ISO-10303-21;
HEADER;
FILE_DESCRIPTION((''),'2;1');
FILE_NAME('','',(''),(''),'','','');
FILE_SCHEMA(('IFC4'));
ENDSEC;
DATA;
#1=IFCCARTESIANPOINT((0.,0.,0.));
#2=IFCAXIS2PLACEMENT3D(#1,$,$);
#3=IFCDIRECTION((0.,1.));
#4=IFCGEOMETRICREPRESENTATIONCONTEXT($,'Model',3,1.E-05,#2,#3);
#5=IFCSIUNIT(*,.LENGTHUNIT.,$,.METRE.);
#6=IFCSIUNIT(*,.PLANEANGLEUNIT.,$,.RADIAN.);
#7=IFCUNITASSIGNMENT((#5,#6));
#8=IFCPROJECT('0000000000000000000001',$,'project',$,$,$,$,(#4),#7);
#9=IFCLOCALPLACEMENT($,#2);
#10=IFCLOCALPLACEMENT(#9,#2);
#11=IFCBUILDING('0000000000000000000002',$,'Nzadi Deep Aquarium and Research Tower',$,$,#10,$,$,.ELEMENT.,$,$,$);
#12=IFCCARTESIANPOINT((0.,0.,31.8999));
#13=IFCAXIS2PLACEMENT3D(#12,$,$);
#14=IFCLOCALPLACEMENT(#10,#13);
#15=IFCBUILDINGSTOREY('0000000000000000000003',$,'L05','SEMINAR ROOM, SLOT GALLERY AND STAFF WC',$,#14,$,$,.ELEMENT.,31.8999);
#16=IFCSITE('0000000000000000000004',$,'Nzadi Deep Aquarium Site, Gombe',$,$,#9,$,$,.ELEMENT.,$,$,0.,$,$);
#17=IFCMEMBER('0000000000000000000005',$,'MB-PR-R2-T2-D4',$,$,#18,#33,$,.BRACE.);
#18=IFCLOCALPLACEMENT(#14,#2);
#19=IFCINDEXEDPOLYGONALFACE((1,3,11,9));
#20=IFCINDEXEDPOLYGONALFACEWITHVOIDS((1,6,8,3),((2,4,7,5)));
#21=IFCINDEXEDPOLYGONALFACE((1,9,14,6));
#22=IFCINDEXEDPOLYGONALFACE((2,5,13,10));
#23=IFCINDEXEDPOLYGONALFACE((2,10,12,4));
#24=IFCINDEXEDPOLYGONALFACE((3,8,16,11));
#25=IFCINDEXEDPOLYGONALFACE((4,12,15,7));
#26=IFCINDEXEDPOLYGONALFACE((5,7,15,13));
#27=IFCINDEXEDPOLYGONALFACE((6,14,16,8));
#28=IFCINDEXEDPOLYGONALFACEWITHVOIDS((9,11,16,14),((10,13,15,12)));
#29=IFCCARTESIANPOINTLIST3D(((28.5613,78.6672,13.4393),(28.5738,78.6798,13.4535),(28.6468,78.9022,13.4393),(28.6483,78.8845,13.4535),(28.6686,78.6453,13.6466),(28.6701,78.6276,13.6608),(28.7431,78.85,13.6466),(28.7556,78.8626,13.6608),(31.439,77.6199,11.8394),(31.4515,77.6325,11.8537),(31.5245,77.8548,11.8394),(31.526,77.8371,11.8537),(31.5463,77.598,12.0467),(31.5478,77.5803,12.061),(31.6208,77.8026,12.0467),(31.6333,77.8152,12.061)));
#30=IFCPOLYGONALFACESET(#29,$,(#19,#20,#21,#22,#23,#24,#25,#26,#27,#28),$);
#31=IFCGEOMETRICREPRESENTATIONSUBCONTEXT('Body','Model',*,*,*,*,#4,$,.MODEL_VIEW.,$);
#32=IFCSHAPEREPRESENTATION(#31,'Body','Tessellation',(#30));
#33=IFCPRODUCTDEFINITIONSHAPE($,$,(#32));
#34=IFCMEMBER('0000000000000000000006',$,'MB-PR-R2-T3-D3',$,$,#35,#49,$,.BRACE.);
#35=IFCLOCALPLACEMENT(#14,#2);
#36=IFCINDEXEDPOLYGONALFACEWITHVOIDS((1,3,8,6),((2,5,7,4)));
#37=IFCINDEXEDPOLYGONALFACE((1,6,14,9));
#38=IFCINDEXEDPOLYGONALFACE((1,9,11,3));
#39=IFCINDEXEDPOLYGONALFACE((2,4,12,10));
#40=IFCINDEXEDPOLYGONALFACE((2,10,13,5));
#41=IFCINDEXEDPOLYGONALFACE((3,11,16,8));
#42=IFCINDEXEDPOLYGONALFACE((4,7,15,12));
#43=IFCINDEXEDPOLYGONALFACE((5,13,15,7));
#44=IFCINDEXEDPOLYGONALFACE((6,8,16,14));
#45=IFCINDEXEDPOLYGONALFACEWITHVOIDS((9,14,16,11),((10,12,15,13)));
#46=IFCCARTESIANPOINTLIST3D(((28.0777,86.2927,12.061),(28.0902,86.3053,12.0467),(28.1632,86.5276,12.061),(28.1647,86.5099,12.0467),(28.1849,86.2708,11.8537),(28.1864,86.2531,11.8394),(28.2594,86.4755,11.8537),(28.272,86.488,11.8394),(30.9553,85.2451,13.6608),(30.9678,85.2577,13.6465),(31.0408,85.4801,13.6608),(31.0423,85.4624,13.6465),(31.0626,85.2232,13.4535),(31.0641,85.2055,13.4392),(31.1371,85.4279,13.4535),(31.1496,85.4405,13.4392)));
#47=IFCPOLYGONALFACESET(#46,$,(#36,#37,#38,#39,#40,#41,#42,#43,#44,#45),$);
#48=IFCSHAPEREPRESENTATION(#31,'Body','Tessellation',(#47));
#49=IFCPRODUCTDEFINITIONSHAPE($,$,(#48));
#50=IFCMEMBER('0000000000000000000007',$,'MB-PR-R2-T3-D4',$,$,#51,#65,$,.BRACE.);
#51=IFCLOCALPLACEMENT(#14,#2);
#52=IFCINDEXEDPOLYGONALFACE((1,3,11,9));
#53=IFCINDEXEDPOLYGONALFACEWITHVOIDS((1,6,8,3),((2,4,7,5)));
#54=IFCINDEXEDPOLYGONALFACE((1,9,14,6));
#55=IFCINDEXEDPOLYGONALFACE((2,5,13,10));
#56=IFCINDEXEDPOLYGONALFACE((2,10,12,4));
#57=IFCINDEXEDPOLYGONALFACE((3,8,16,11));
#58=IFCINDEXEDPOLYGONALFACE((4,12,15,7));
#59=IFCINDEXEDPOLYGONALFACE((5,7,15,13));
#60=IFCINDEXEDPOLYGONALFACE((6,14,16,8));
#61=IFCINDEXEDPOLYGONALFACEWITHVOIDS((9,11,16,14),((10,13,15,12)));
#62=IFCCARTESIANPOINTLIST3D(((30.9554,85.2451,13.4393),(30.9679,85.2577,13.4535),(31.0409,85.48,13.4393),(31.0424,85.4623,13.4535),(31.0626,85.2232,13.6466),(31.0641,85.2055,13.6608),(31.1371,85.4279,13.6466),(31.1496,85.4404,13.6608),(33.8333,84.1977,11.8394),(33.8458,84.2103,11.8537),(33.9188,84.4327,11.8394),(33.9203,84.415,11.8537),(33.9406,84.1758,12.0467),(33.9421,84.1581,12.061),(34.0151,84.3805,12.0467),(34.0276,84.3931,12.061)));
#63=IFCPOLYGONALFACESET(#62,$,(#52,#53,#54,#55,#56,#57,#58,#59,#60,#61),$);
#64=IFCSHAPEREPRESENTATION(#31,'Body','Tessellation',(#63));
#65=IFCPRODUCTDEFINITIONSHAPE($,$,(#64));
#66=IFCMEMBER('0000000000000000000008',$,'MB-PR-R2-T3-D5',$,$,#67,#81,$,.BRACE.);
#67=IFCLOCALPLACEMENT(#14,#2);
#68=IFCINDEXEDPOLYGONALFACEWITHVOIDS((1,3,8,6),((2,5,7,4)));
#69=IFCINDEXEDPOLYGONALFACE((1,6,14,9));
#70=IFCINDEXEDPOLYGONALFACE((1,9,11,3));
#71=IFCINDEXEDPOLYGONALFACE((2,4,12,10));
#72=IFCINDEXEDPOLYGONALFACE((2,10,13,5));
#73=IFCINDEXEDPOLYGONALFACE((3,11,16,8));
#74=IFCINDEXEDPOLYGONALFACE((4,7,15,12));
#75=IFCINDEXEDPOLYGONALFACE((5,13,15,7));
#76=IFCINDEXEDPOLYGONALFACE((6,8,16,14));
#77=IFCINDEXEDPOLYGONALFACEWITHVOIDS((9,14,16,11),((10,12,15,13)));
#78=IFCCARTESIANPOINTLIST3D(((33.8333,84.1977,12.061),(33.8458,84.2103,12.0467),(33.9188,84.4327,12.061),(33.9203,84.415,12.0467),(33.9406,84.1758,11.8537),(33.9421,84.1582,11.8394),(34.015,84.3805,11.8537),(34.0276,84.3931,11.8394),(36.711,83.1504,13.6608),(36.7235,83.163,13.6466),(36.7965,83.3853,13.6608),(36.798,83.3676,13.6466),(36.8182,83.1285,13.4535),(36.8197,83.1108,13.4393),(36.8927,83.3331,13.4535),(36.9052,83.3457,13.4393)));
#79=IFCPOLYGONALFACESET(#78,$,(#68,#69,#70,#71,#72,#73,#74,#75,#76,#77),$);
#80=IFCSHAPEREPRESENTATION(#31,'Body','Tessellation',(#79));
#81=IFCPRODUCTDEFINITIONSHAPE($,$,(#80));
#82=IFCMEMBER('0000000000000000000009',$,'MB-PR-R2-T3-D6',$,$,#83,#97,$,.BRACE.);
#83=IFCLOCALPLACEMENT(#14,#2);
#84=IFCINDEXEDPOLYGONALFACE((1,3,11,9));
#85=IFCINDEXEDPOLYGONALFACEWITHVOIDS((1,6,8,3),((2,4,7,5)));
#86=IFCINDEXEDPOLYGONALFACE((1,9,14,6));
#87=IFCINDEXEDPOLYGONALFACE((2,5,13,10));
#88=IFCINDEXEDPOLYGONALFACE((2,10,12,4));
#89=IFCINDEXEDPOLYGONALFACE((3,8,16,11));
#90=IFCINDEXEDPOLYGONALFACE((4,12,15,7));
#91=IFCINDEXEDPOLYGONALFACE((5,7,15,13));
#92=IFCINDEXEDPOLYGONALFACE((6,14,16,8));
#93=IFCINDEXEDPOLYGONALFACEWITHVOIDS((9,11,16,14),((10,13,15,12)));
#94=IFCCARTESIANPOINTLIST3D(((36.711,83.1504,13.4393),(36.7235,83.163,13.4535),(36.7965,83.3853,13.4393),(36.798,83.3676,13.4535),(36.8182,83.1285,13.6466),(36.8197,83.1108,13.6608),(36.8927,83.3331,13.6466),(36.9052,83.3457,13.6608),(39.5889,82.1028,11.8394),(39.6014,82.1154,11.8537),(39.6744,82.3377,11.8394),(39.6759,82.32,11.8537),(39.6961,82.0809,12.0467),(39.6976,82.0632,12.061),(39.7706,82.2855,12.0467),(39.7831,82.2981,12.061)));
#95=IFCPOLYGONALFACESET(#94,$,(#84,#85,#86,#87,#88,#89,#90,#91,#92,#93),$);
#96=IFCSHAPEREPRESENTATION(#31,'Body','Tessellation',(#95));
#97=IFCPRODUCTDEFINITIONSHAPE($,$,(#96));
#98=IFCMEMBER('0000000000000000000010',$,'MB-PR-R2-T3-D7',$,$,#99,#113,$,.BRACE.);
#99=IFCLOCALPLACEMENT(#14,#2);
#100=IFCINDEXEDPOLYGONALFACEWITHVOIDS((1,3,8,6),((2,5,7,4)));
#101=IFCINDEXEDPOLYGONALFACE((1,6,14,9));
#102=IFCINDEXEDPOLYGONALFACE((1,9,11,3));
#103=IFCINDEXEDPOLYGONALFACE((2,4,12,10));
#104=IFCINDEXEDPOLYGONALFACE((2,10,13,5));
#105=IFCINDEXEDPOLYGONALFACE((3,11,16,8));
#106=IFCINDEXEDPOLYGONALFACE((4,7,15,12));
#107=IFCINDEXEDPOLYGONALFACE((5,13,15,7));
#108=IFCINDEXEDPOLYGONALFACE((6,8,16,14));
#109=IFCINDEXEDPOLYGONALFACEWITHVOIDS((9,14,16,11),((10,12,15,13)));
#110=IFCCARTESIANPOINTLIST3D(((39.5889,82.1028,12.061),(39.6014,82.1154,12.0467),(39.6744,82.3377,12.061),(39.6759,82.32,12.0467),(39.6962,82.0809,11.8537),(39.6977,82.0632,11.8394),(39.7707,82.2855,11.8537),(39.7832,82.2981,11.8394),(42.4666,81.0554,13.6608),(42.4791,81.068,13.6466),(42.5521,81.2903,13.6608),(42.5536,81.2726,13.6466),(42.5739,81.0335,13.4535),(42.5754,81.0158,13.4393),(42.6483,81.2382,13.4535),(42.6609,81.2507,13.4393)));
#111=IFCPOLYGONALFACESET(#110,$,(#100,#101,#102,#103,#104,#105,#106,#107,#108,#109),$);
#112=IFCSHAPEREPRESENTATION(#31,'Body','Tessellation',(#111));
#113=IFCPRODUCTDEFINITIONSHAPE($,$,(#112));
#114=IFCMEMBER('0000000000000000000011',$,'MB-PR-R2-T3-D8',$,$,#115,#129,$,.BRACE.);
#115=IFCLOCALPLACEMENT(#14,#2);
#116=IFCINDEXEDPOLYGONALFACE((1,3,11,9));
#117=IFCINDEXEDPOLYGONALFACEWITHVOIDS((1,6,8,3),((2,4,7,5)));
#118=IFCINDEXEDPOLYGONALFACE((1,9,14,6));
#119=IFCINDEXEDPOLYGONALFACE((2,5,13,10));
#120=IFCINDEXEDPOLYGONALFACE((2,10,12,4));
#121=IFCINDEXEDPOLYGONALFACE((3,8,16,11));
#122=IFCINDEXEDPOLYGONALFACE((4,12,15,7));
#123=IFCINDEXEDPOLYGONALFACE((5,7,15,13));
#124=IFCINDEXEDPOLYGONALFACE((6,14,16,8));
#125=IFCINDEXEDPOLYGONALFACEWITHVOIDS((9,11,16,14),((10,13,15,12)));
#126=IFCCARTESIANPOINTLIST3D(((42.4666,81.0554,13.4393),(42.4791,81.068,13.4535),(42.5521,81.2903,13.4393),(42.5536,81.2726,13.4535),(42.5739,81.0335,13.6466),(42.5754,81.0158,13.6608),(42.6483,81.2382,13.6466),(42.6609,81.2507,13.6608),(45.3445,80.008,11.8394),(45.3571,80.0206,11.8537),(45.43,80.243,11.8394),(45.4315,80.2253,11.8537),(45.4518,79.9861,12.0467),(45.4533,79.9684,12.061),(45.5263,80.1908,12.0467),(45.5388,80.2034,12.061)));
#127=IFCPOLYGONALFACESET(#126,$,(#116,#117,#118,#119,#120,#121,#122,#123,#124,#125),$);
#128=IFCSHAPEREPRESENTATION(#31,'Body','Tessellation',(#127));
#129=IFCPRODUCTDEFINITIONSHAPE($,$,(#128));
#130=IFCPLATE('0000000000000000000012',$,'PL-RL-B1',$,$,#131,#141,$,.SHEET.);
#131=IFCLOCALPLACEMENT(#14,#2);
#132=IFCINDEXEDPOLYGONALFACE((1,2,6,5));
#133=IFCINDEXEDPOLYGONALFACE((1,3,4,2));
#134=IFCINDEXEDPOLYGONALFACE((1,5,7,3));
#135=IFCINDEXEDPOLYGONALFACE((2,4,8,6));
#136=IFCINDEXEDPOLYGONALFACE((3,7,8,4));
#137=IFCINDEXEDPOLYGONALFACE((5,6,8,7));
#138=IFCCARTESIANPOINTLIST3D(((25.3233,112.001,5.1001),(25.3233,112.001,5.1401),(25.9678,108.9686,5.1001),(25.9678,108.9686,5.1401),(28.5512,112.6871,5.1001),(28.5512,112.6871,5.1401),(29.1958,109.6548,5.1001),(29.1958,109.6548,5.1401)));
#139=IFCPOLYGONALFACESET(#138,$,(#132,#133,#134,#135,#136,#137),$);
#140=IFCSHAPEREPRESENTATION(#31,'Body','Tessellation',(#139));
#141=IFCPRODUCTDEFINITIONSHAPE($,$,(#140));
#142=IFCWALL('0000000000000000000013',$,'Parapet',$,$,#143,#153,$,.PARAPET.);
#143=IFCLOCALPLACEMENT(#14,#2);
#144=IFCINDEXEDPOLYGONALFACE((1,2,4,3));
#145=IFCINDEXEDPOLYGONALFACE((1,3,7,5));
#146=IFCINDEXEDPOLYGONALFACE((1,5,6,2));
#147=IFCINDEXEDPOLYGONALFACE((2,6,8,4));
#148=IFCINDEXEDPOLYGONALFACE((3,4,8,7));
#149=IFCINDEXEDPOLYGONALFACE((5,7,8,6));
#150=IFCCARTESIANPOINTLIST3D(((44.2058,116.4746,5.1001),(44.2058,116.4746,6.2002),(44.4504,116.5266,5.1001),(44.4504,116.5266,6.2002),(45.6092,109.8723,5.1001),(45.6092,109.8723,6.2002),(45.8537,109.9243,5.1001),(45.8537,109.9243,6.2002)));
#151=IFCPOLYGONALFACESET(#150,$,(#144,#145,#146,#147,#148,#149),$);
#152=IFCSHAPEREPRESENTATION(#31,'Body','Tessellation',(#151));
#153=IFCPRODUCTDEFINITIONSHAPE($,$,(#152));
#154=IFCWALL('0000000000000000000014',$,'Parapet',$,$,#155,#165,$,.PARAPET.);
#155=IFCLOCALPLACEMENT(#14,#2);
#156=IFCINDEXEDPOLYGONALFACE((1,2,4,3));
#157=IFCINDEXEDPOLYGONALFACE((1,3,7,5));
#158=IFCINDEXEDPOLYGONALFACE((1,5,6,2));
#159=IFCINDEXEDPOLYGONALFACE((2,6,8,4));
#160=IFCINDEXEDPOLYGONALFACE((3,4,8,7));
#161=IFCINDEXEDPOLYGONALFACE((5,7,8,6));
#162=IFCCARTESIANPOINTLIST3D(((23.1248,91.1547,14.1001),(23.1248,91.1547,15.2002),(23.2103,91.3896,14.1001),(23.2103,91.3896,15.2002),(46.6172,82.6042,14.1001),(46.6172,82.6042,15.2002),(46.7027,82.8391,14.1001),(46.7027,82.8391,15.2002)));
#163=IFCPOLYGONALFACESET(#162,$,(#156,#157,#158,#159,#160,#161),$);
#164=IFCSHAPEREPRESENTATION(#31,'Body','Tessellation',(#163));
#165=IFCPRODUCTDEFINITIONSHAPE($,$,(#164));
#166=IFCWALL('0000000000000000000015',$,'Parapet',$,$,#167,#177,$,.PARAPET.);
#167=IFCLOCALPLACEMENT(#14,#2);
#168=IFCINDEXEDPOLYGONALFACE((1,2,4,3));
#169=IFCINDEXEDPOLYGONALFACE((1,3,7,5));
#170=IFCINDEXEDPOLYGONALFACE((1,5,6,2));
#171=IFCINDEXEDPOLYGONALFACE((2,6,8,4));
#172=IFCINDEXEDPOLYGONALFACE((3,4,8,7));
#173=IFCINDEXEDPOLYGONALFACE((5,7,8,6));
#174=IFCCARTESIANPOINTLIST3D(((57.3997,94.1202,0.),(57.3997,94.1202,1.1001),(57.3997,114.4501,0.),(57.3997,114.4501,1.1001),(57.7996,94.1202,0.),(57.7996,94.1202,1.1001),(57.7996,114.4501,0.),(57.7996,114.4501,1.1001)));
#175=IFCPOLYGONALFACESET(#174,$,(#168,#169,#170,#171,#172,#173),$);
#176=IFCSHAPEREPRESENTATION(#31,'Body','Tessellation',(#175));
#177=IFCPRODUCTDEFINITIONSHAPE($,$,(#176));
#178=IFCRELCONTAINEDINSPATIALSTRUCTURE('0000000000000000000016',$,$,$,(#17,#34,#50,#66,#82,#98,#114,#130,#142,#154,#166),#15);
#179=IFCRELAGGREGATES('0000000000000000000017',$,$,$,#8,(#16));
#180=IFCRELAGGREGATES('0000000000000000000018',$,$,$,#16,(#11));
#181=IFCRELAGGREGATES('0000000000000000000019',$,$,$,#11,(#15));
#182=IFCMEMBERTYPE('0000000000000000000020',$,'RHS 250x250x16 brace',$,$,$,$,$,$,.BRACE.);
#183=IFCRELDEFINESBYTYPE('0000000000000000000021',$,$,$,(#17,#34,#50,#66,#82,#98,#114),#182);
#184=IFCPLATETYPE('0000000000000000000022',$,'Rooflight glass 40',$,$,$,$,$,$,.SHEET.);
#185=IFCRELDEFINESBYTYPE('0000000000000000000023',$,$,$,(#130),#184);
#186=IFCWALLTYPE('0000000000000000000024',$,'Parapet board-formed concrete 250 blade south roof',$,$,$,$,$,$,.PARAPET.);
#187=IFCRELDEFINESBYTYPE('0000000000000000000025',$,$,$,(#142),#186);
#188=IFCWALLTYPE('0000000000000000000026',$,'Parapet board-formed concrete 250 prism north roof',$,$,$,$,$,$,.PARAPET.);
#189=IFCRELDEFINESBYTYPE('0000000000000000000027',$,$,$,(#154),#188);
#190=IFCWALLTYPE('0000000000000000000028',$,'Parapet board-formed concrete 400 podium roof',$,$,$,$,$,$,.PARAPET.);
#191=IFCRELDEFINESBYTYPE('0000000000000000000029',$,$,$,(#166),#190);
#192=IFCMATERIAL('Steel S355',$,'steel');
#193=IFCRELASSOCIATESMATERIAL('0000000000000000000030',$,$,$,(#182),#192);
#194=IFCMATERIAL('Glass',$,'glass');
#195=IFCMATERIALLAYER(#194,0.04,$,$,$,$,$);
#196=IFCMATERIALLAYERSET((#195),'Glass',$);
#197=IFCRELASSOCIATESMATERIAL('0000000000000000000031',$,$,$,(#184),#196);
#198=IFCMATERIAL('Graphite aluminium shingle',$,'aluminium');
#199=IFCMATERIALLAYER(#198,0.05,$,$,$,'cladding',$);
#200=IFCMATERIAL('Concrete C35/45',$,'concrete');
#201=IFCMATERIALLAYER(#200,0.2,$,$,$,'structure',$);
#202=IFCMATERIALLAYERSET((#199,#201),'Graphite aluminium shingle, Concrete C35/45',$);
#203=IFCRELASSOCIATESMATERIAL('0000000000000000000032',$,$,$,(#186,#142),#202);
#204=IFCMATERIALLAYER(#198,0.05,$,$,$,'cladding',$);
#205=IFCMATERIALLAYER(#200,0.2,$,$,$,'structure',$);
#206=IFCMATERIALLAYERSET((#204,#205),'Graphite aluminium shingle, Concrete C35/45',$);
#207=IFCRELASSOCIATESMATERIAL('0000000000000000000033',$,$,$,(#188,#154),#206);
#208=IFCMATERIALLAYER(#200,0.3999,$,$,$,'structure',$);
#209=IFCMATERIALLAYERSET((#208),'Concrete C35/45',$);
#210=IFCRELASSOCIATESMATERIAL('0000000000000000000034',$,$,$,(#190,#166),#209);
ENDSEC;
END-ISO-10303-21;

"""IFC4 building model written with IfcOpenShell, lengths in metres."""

from ifc_helpers import new_model, si_unit, direction, frame, frame_2d, origin, origin_2d, place, context, subcontext, project, spatial, rectangle, hollow_rectangle, extrude, material, layer, layer_set, layer_usage, material_profile, profile_set, type_object, element, save


model = new_model("IFC4")

# Units and contexts
model_context = context("Model", 3, precision=1e-05, world=origin(), true_north=direction((0.0, 1.0)))
body_context = subcontext(model_context, "Body", "Model", "MODEL_VIEW")
ifc_project = project(units=[si_unit("LENGTHUNIT", "METRE"), si_unit("PLANEANGLEUNIT", "RADIAN")], contexts=[model_context])

# Site, building, storey
site_placement = place(None, origin())
site = spatial("IfcSite", under=ifc_project, at=site_placement, Name="Nzadi Deep Aquarium Site, Gombe", CompositionType="ELEMENT", RefElevation=0.0)
building_placement = place(site_placement, origin())
building = spatial("IfcBuilding", under=site, at=building_placement, Name="Nzadi Deep Aquarium and Research Tower", CompositionType="ELEMENT")
storey_placement = place(building_placement, frame((0.0, 0.0, 31.8999)))
storey = spatial("IfcBuildingStorey", under=building, at=storey_placement, Name="L05", Description="SEMINAR ROOM, SLOT GALLERY AND STAFF WC", CompositionType="ELEMENT", Elevation=31.8999)

# Members
ifc_material_1 = material(Name="Steel S355", Category="steel")
ifc_material_profile_1 = material_profile(ifc_material_1, hollow_rectangle(XDim=0.25, YDim=0.25, WallThickness=0.0161, at=origin_2d()))
ifc_profile_set_1 = profile_set([ifc_material_profile_1], Name="Steel S355")
member_type_1 = type_object("IfcMemberType", Name="RHS 250x250x16 brace", PredefinedType="BRACE", material=ifc_profile_set_1)
for number, where, z_axis, x_axis, name in (
    (1, (28.6584, 78.7649, 13.55), (0.832885, -0.303137, -0.463044), (0.342012, 0.939696, 0.0), "MB-PR-R2-T2-D4"),
    (2, (28.1748, 86.3904, 11.9502), (0.832868, -0.303201, 0.463034), (0.342082, 0.93967, 0.0), "MB-PR-R2-T3-D3"),
):
    element("IfcMember", number, at=place(storey_placement, frame(where, z_axis=z_axis, x_axis=x_axis)), inside=storey, type_object=member_type_1, Name=name, PredefinedType="BRACE", context=body_context, shape_type="SweptSolid", body=[
        extrude(hollow_rectangle(XDim=0.25, YDim=0.25, WallThickness=0.0161, at=origin_2d()), origin(), (0.0, 0.0, 1.0), 3.4551),
    ])
member_1_placement = place(storey_placement, frame((31.0525, 85.3428, 13.55), z_axis=(0.832907, -0.303119, -0.463017), x_axis=(0.341986, 0.939705, 0.0)))
element("IfcMember", 3, at=member_1_placement, inside=storey, type_object=member_type_1, Name="MB-PR-R2-T3-D4", PredefinedType="BRACE", context=body_context, shape_type="SweptSolid", body=[
    extrude(hollow_rectangle(XDim=0.25, YDim=0.25, WallThickness=0.0161, at=origin_2d()), origin(), (0.0, 0.0, 1.0), 3.4553),
])
member_2_placement = place(storey_placement, frame((33.9304, 84.2954, 11.9502), z_axis=(0.832885, -0.303137, 0.463044), x_axis=(0.342012, 0.939696, 0.0)))
element("IfcMember", 4, at=member_2_placement, inside=storey, type_object=member_type_1, Name="MB-PR-R2-T3-D5", PredefinedType="BRACE", context=body_context, shape_type="SweptSolid", body=[
    extrude(hollow_rectangle(XDim=0.25, YDim=0.25, WallThickness=0.0161, at=origin_2d()), origin(), (0.0, 0.0, 1.0), 3.4551),
])
member_3_placement = place(storey_placement, frame((36.8081, 83.248, 13.55), z_axis=(0.832889, -0.303184, -0.463007), x_axis=(0.342057, 0.939679, 0.0)))
element("IfcMember", 5, at=member_3_placement, inside=storey, type_object=member_type_1, Name="MB-PR-R2-T3-D6", PredefinedType="BRACE", context=body_context, shape_type="SweptSolid", body=[
    extrude(hollow_rectangle(XDim=0.25, YDim=0.25, WallThickness=0.0161, at=origin_2d()), origin(), (0.0, 0.0, 1.0), 3.4553),
])
member_4_placement = place(storey_placement, frame((39.686, 82.2004, 11.9502), z_axis=(0.832885, -0.303137, 0.463044), x_axis=(0.342012, 0.939696, 0.0)))
element("IfcMember", 6, at=member_4_placement, inside=storey, type_object=member_type_1, Name="MB-PR-R2-T3-D7", PredefinedType="BRACE", context=body_context, shape_type="SweptSolid", body=[
    extrude(hollow_rectangle(XDim=0.25, YDim=0.25, WallThickness=0.0161, at=origin_2d()), origin(), (0.0, 0.0, 1.0), 3.4551),
])
member_5_placement = place(storey_placement, frame((42.5637, 81.1531, 13.55), z_axis=(0.832907, -0.303119, -0.463017), x_axis=(0.341986, 0.939705, 0.0)))
element("IfcMember", 7, at=member_5_placement, inside=storey, type_object=member_type_1, Name="MB-PR-R2-T3-D8", PredefinedType="BRACE", context=body_context, shape_type="SweptSolid", body=[
    extrude(hollow_rectangle(XDim=0.25, YDim=0.25, WallThickness=0.0161, at=origin_2d()), origin(), (0.0, 0.0, 1.0), 3.4553),
])

# Plate
ifc_material_2 = material(Name="Glass", Category="glass")
ifc_layer_1 = layer(ifc_material_2, 0.04)
ifc_layer_set_1 = layer_set([ifc_layer_1], Name="Glass")
plate_type = type_object("IfcPlateType", Name="Rooflight glass 40", PredefinedType="SHEET", material=ifc_layer_set_1)
plate_placement = place(storey_placement, frame((27.2595, 110.8279, 5.1001), z_axis=(0.0, 0.0, 1.0), x_axis=(0.978148, 0.207912, 0.0)))
element("IfcPlate", 8, at=plate_placement, inside=storey, type_object=plate_type, Name="PL-RL-B1", PredefinedType="SHEET", context=body_context, shape_type="SweptSolid", body=[
    extrude(rectangle(XDim=3.3, YDim=3.1001, at=origin_2d()), origin(), (0.0, 0.0, 1.0), 0.04),
])

# Walls
ifc_material_3 = material(Name="Graphite aluminium shingle", Category="aluminium")
ifc_layer_2 = layer(ifc_material_3, 0.05, Category="cladding")
ifc_material_4 = material(Name="Concrete C35/45", Category="concrete")
ifc_layer_3 = layer(ifc_material_4, 0.2, Category="structure")
ifc_layer_set_2 = layer_set([ifc_layer_2, ifc_layer_3], Name="Graphite aluminium shingle, Concrete C35/45")
ifc_layer_usage_1 = layer_usage(ifc_layer_set_2, "AXIS2", "POSITIVE", -0.125)
wall_type_1 = type_object("IfcWallType", Name="Parapet board-formed concrete 250 blade south roof", PredefinedType="PARAPET", material=ifc_layer_set_2)
wall_1_placement = place(storey_placement, frame((45.7314, 109.8982, 5.1001), z_axis=(0.0, 0.0, 1.0), x_axis=(-0.207906, 0.978149, 0.0)))
element("IfcWall", 9, at=wall_1_placement, inside=storey, type_object=wall_type_1, material=ifc_layer_usage_1, Name="Parapet", PredefinedType="PARAPET", context=body_context, shape_type="SweptSolid", body=[
    extrude(rectangle(XDim=6.7498, YDim=0.25, at=frame_2d((3.375, 0.0))), origin(), (0.0, 0.0, 1.0), 1.1001),
])
ifc_layer_4 = layer(ifc_material_3, 0.05, Category="cladding")
ifc_layer_5 = layer(ifc_material_4, 0.2, Category="structure")
ifc_layer_set_3 = layer_set([ifc_layer_4, ifc_layer_5], Name="Graphite aluminium shingle, Concrete C35/45")
ifc_layer_usage_2 = layer_usage(ifc_layer_set_3, "AXIS2", "POSITIVE", -0.125)
wall_type_2 = type_object("IfcWallType", Name="Parapet board-formed concrete 250 prism north roof", PredefinedType="PARAPET", material=ifc_layer_set_3)
wall_2_placement = place(storey_placement, frame((46.6599, 82.7217, 14.1001), z_axis=(0.0, 0.0, 1.0), x_axis=(-0.939693, 0.34202, 0.0)))
element("IfcWall", 10, at=wall_2_placement, inside=storey, type_object=wall_type_2, material=ifc_layer_usage_2, Name="Parapet", PredefinedType="PARAPET", context=body_context, shape_type="SweptSolid", body=[
    extrude(rectangle(XDim=25.0, YDim=0.25, at=frame_2d((12.5, 0.0))), origin(), (0.0, 0.0, 1.0), 1.1001),
])
ifc_layer_6 = layer(ifc_material_4, 0.3999, Category="structure")
ifc_layer_set_4 = layer_set([ifc_layer_6], Name="Concrete C35/45")
ifc_layer_usage_3 = layer_usage(ifc_layer_set_4, "AXIS2", "POSITIVE", -0.2)
wall_type_3 = type_object("IfcWallType", Name="Parapet board-formed concrete 400 podium roof", PredefinedType="PARAPET", material=ifc_layer_set_4)
wall_3_placement = place(storey_placement, frame((57.5996, 94.1201, 0.0), z_axis=(0.0, 0.0, 1.0), x_axis=(0.0, 1.0, 0.0)))
element("IfcWall", 11, at=wall_3_placement, inside=storey, type_object=wall_type_3, material=ifc_layer_usage_3, Name="Parapet", PredefinedType="PARAPET", context=body_context, shape_type="SweptSolid", body=[
    extrude(rectangle(XDim=20.3298, YDim=0.3999, at=frame_2d((10.165, 0.0))), origin(), (0.0, 0.0, 1.0), 1.1001),
])

save(model, "model.ifc")
